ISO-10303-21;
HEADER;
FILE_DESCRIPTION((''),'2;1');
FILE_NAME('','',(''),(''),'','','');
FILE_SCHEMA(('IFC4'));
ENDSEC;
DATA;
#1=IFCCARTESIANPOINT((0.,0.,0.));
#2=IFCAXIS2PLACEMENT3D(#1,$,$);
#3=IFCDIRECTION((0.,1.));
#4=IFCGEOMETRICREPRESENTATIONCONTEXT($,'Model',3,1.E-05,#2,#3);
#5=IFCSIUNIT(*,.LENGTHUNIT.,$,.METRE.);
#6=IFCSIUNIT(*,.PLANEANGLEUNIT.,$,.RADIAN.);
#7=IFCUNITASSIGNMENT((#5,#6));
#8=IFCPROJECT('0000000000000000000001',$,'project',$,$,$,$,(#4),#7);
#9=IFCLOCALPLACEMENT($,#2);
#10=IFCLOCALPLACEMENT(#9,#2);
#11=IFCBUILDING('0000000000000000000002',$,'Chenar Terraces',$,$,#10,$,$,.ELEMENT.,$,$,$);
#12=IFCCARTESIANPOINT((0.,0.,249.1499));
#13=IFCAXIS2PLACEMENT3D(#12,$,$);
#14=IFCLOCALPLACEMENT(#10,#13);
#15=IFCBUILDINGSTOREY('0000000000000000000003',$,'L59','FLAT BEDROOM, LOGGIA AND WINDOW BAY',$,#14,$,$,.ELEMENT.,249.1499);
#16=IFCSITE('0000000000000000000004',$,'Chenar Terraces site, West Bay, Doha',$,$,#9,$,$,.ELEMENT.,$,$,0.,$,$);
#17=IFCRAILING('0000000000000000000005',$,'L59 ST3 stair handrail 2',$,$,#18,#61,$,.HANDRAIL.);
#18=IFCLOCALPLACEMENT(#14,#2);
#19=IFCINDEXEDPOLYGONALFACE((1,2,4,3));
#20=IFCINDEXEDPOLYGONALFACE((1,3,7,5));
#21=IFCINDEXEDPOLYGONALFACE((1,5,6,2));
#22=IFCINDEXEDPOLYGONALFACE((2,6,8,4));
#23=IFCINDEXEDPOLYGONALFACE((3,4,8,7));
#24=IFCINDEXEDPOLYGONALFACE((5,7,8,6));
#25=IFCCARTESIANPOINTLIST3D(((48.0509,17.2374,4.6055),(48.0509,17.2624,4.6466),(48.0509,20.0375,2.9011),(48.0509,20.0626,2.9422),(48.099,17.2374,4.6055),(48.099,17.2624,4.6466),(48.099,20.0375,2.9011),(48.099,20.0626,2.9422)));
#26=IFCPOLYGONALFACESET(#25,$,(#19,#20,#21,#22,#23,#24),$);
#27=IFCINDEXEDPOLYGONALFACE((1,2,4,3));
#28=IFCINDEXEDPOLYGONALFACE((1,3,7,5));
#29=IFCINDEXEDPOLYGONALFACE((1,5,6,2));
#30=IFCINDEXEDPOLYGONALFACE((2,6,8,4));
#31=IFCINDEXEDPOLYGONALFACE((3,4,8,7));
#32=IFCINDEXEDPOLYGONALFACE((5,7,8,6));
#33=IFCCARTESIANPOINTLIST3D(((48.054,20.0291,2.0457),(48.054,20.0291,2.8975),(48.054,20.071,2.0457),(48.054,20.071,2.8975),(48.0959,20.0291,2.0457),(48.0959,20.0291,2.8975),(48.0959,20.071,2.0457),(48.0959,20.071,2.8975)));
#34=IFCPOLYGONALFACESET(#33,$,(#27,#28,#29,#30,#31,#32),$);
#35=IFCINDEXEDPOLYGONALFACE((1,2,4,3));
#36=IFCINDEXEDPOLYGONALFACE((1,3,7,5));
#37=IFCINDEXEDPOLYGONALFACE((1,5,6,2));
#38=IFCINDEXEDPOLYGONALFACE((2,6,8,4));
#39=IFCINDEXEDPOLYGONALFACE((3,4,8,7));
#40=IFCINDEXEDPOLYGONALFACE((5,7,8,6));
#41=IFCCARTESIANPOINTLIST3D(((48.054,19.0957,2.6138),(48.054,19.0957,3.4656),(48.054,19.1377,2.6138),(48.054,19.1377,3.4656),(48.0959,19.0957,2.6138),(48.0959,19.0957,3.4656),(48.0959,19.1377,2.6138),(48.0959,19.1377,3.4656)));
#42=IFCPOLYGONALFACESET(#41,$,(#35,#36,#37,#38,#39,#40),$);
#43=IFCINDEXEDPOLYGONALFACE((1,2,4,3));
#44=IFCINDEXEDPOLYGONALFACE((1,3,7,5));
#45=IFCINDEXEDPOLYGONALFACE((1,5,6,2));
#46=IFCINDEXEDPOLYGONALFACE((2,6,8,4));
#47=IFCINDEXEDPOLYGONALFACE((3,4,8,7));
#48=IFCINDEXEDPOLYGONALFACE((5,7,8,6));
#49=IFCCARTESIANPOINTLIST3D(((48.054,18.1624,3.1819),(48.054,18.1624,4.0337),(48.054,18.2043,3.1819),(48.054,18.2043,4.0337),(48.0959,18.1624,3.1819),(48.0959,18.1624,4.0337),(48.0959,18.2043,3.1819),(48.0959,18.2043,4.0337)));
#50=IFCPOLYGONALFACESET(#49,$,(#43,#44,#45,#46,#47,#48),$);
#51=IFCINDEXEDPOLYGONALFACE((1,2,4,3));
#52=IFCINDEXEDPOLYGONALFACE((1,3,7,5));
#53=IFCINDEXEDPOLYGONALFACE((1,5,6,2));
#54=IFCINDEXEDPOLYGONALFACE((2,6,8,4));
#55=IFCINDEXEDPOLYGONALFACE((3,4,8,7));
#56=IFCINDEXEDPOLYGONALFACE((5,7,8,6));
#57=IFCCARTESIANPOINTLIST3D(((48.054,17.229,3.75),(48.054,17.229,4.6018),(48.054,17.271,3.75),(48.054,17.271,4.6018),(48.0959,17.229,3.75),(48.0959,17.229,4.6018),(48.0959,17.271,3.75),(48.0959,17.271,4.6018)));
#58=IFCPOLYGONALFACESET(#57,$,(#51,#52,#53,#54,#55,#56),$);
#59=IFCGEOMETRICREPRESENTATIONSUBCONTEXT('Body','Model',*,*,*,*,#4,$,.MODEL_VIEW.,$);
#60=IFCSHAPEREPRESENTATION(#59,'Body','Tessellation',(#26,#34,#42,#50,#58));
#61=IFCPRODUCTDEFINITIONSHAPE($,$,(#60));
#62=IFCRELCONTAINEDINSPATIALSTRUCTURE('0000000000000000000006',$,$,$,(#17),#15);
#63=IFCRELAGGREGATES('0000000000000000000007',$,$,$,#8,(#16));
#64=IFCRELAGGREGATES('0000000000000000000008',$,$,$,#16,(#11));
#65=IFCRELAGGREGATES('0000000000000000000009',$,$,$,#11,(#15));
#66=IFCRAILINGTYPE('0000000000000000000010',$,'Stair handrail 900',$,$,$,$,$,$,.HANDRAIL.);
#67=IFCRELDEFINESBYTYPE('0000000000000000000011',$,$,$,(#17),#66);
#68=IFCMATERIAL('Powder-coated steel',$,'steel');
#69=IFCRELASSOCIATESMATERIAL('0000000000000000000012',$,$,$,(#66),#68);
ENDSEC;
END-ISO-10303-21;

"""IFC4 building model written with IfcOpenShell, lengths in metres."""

from ifc_helpers import new_model, si_unit, direction, frame, origin, origin_2d, place, context, subcontext, project, spatial, rectangle, extrude, material, type_object, element, save


model = new_model("IFC4")

# Units and contexts
model_context = context("Model", 3, precision=1e-05, world=origin(), true_north=direction((0.0, 1.0)))
body_context = subcontext(model_context, "Body", "Model", "MODEL_VIEW")
ifc_project = project(units=[si_unit("LENGTHUNIT", "METRE"), si_unit("PLANEANGLEUNIT", "RADIAN")], contexts=[model_context])

# Site, building, storey
site_placement = place(None, origin())
site = spatial("IfcSite", under=ifc_project, at=site_placement, Name="Chenar Terraces site, West Bay, Doha", CompositionType="ELEMENT", RefElevation=0.0)
building_placement = place(site_placement, origin())
building = spatial("IfcBuilding", under=site, at=building_placement, Name="Chenar Terraces", CompositionType="ELEMENT")
storey_placement = place(building_placement, frame((0.0, 0.0, 249.1499)))
storey = spatial("IfcBuildingStorey", under=building, at=storey_placement, Name="L59", Description="FLAT BEDROOM, LOGGIA AND WINDOW BAY", CompositionType="ELEMENT", Elevation=249.1499)

# Railing
ifc_material_1 = material(Name="Powder-coated steel", Category="steel")
railing_type_1 = type_object("IfcRailingType", Name="Stair handrail 900", PredefinedType="HANDRAIL", material=ifc_material_1)
railing_1_placement = place(storey_placement, frame((48.075, 20.05, 2.0457)))
element("IfcRailing", 1, at=railing_1_placement, inside=storey, type_object=railing_type_1, Name="L59 ST3 stair handrail 2", PredefinedType="HANDRAIL", context=body_context, shape_type="SweptSolid", body=[
    extrude(rectangle(XDim=0.0481, YDim=0.0481, at=origin_2d()), frame((0.0, 0.0, 0.876), z_axis=(0.0, -0.854203, 0.51994), x_axis=(1.0, 0.0, 0.0)), (0.0, 0.0, 1.0), 3.2781),
    extrude(rectangle(XDim=0.042, YDim=0.042, at=origin_2d()), origin(), (0.0, 0.0, 1.0), 0.8518),
    extrude(rectangle(XDim=0.042, YDim=0.042, at=origin_2d()), frame((0.0, -0.9333, 0.5681)), (0.0, 0.0, 1.0), 0.8518),
    extrude(rectangle(XDim=0.042, YDim=0.042, at=origin_2d()), frame((0.0, -1.8667, 1.1362)), (0.0, 0.0, 1.0), 0.8518),
    extrude(rectangle(XDim=0.042, YDim=0.042, at=origin_2d()), frame((0.0, -2.8, 1.7043)), (0.0, 0.0, 1.0), 0.8518),
])

save(model, "model.ifc")
